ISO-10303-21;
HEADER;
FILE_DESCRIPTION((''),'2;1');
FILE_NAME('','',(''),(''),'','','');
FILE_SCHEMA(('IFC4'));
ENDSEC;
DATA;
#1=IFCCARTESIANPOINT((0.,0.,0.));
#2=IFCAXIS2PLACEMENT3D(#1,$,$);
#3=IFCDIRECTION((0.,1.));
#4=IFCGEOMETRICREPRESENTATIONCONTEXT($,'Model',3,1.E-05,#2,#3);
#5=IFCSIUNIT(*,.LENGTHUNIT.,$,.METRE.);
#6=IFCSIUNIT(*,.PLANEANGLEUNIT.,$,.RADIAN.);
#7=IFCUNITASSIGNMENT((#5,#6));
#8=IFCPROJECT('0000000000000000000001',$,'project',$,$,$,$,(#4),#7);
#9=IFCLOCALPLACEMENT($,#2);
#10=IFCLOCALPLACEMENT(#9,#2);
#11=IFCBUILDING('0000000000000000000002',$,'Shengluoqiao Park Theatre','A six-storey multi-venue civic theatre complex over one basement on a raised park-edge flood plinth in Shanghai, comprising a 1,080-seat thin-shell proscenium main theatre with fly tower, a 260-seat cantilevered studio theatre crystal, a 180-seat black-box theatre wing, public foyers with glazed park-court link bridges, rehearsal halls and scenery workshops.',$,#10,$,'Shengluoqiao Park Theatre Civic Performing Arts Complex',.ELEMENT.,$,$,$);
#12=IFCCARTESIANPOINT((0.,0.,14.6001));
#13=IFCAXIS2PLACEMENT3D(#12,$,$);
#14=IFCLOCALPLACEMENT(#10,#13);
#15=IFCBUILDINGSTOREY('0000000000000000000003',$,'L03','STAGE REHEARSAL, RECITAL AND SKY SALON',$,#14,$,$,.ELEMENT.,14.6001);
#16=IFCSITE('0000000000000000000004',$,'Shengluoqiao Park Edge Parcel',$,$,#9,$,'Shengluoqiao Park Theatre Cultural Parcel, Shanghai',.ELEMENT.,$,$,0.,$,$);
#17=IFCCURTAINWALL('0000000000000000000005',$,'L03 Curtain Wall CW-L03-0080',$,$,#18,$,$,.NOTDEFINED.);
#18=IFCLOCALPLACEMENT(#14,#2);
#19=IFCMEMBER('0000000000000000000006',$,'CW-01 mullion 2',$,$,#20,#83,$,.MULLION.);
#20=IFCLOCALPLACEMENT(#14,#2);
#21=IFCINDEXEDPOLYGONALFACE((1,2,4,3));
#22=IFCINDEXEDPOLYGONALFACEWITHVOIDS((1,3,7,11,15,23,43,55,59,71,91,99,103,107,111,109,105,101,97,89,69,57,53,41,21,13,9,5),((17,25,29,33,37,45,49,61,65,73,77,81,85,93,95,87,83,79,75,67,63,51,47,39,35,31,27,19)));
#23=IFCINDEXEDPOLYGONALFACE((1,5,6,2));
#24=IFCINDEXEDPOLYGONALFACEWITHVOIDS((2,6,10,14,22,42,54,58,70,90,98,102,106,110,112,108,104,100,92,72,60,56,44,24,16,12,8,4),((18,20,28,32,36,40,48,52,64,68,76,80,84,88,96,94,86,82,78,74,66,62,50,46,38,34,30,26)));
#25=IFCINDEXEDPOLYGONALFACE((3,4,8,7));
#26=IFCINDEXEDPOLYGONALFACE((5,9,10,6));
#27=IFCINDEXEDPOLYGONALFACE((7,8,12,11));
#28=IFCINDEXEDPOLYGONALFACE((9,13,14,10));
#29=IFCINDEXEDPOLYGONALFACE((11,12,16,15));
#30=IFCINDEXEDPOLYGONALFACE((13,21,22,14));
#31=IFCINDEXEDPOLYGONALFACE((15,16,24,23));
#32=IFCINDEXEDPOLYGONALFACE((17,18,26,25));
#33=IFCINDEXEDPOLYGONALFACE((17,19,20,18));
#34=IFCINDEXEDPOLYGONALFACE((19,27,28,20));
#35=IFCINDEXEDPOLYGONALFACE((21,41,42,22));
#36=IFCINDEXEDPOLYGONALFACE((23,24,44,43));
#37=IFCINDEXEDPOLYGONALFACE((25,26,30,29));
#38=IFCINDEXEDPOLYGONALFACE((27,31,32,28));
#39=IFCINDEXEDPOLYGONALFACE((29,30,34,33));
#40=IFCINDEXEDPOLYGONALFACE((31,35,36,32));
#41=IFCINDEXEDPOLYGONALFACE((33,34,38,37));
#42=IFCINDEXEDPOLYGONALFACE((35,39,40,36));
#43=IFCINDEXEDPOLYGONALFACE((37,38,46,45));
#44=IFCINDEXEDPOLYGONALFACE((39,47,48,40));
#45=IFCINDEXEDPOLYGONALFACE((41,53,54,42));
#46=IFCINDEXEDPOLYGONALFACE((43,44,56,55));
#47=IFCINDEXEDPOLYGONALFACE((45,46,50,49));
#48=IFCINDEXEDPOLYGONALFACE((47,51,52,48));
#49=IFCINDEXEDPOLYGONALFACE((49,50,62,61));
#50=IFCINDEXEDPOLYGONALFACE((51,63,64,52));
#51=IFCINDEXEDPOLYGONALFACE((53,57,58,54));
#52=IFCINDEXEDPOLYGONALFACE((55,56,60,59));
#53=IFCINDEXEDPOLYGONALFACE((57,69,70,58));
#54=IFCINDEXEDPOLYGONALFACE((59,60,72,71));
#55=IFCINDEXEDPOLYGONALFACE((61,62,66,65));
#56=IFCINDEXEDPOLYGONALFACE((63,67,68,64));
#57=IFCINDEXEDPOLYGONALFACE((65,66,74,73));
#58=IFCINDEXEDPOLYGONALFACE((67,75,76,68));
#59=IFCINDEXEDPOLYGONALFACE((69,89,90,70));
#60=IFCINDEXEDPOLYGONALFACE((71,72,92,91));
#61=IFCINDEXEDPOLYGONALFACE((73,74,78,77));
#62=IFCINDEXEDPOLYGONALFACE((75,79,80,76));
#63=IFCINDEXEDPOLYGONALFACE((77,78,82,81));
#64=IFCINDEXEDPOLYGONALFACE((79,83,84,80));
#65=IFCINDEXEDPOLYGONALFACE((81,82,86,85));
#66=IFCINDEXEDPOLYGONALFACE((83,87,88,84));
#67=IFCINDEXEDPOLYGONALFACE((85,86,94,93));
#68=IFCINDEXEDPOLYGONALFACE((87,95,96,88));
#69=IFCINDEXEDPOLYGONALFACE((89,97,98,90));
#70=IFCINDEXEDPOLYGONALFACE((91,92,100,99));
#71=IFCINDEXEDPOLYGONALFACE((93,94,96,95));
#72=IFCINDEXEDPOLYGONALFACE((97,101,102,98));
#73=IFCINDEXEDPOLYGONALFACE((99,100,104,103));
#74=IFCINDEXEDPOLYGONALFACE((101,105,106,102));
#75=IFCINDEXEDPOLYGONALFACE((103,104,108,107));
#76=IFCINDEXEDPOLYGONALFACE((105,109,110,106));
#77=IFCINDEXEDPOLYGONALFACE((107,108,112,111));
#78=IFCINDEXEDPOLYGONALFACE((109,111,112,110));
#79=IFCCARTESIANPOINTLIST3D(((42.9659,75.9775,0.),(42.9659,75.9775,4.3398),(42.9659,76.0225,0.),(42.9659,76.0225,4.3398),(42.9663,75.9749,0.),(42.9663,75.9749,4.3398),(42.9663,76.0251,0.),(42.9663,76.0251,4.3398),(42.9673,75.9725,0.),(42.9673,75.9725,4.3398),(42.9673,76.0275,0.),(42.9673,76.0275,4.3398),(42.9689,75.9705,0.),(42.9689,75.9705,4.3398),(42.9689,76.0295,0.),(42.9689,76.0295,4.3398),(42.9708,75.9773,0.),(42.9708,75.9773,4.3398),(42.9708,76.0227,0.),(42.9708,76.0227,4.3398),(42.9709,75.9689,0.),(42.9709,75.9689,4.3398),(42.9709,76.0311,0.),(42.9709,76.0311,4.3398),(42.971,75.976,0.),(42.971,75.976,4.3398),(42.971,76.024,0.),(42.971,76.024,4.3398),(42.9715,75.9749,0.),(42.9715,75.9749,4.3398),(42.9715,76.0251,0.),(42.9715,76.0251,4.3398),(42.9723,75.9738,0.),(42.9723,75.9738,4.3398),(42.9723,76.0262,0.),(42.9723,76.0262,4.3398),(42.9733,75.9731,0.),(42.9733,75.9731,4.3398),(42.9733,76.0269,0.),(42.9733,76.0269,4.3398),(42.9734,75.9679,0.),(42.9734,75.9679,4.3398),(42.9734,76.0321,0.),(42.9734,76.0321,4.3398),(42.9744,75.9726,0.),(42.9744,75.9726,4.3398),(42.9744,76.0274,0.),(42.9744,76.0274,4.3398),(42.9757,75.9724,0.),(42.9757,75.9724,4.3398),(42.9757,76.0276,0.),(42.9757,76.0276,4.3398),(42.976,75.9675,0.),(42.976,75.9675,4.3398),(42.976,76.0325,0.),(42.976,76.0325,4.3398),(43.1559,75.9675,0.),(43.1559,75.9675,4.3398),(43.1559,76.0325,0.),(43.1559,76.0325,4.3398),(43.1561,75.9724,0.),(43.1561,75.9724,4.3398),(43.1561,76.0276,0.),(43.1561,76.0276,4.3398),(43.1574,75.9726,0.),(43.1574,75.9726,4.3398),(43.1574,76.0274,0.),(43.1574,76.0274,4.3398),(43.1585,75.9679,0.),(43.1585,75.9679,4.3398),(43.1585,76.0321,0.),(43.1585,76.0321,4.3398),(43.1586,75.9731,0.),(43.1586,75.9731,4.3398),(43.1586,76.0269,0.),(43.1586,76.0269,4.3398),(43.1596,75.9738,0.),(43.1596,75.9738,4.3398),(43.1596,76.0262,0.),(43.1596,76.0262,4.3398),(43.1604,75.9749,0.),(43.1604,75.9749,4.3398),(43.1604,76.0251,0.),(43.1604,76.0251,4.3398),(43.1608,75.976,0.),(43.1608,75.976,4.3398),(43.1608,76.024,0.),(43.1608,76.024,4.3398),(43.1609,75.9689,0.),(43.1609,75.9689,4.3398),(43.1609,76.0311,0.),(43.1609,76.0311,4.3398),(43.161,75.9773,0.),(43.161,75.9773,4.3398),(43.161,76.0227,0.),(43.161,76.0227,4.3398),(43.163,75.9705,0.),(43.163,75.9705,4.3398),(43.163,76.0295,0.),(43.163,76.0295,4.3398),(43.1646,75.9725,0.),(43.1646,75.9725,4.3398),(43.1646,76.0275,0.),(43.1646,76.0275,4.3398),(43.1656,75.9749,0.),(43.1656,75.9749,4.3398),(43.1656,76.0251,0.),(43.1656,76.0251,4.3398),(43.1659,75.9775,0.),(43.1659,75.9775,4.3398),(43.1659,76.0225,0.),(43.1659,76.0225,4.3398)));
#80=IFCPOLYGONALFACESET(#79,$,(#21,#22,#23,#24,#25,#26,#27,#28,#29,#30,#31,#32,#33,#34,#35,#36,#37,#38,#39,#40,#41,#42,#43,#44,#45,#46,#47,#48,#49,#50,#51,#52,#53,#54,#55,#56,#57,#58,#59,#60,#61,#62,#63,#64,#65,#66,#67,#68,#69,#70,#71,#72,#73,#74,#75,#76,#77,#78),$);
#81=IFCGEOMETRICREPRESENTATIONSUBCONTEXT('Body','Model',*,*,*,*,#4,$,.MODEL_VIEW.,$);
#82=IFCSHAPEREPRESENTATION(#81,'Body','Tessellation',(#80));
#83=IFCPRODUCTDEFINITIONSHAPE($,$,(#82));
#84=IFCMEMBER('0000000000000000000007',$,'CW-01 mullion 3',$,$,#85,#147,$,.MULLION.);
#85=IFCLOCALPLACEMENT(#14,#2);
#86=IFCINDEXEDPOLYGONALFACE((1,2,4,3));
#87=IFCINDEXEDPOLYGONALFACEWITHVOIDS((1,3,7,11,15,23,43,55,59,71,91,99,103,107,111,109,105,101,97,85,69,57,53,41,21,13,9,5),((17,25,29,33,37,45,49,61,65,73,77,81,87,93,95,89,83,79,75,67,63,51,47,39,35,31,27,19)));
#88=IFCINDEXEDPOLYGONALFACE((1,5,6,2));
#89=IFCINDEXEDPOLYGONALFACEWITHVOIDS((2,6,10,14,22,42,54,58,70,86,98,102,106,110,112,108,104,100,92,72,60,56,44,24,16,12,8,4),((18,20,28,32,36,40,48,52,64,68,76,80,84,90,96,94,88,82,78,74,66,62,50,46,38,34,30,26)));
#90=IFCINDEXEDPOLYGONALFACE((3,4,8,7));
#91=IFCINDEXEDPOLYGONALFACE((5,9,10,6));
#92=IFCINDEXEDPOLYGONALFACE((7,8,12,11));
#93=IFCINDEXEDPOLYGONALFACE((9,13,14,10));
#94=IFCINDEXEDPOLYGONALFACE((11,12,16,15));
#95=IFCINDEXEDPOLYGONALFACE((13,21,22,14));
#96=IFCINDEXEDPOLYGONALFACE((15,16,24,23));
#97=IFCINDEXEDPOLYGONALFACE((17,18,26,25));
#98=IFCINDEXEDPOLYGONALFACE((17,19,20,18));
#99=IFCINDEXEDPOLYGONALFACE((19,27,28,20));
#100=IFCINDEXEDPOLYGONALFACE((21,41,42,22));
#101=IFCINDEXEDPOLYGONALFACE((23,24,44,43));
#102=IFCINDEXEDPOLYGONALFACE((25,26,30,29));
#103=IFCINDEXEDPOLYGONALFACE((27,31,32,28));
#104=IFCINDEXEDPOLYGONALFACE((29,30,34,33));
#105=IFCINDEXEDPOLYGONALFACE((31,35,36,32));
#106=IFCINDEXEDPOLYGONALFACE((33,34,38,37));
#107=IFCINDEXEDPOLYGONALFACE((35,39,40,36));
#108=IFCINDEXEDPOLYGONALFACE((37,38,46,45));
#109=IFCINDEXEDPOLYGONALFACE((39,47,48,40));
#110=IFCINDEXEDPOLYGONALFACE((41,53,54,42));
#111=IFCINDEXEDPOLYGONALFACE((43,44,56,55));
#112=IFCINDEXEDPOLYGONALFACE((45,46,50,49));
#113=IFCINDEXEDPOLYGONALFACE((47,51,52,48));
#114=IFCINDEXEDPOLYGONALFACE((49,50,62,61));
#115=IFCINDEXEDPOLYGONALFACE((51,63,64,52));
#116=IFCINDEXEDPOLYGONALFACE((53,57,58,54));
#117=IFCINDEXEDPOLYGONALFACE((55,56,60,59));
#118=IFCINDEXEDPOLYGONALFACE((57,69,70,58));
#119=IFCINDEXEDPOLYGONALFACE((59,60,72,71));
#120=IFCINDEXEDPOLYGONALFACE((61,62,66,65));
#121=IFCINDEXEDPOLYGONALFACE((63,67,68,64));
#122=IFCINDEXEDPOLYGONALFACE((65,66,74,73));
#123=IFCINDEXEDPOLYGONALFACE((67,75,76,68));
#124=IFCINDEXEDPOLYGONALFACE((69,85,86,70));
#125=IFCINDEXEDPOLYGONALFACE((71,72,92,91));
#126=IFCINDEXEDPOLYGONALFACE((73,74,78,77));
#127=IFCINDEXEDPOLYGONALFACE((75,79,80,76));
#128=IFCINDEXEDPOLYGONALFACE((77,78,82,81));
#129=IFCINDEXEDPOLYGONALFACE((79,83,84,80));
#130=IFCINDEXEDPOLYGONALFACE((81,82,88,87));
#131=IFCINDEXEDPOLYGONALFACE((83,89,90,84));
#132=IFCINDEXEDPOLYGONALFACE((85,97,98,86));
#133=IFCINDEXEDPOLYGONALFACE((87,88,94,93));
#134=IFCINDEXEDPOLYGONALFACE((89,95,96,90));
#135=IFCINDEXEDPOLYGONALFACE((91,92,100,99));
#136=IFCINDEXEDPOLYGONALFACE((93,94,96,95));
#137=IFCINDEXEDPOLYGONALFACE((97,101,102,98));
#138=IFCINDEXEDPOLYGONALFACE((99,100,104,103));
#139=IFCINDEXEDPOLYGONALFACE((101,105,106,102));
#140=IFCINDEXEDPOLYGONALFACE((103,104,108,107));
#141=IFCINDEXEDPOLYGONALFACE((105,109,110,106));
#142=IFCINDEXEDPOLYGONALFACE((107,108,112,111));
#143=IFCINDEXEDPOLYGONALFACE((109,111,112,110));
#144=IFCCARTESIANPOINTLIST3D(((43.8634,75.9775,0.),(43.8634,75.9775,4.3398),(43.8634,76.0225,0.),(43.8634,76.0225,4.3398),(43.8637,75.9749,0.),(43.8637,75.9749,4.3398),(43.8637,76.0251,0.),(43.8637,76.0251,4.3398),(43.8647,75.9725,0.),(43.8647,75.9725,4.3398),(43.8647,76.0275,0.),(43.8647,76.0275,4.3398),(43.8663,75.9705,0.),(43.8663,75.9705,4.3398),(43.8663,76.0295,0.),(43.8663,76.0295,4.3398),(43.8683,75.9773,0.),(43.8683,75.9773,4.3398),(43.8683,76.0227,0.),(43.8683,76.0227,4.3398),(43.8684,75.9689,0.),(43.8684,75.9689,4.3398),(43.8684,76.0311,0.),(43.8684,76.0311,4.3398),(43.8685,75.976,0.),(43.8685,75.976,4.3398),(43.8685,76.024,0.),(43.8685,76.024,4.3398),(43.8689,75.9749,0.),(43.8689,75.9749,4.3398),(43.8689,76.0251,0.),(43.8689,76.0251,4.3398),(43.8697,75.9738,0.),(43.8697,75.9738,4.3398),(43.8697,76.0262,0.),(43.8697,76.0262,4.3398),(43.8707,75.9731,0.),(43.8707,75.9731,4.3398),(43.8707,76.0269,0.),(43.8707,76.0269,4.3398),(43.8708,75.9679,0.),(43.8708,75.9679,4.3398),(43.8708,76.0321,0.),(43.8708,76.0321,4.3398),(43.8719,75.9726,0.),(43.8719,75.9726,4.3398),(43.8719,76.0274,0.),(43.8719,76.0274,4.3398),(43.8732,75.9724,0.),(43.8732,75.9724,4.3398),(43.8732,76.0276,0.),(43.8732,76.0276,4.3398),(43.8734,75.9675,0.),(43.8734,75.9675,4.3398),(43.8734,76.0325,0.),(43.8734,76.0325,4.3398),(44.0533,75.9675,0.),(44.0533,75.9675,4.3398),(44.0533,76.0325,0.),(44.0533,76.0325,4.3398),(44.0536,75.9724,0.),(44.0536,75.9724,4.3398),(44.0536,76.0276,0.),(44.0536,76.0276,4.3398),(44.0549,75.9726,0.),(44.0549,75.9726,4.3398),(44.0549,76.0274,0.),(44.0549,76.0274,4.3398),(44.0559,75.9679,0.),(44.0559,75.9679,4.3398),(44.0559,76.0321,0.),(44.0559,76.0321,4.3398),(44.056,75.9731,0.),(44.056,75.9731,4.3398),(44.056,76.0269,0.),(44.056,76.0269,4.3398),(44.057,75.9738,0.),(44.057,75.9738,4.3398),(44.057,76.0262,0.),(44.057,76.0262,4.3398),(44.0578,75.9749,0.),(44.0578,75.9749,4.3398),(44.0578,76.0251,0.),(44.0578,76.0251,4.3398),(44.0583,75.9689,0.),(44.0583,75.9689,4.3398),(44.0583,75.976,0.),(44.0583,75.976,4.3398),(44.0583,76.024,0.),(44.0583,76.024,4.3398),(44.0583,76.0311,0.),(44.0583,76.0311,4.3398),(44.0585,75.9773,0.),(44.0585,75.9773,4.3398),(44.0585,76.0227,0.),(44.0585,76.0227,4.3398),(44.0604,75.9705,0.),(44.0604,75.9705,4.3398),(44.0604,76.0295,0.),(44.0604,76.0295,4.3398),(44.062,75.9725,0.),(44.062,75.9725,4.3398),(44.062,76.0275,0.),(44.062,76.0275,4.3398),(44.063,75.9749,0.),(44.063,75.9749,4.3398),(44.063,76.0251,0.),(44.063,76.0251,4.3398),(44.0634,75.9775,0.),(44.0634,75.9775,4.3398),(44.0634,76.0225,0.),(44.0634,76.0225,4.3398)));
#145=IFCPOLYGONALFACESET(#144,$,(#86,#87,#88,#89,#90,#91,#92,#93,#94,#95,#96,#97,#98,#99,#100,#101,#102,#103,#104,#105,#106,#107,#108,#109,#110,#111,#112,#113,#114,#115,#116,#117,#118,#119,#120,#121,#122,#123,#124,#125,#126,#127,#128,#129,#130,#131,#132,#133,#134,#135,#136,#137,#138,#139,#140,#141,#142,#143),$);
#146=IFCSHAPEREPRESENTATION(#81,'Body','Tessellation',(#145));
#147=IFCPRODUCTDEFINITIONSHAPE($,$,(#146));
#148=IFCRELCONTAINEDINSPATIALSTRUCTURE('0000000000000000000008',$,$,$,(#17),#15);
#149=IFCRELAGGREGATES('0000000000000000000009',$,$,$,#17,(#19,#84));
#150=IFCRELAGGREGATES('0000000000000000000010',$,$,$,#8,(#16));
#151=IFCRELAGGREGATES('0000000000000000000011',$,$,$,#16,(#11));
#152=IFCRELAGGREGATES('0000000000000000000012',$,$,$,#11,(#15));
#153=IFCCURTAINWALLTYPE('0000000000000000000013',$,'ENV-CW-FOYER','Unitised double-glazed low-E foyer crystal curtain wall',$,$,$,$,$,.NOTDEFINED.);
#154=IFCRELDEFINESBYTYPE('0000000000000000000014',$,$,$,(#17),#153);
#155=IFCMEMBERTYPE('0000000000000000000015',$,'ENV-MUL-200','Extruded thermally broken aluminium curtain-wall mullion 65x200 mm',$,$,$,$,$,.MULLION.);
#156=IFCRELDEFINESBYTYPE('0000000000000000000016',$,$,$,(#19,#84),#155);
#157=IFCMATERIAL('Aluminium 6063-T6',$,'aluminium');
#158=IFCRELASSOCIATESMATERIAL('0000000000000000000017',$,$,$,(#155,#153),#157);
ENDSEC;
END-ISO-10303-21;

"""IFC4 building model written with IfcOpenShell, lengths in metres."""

from ifc_helpers import new_model, si_unit, direction, frame, origin, origin_2d, place, context, subcontext, project, spatial, hollow_rectangle, extrude, material, material_profile, profile_set, type_object, element, aggregate, save


model = new_model("IFC4")

# Units and contexts
model_context = context("Model", 3, precision=1e-05, world=origin(), true_north=direction((0.0, 1.0)))
body_context = subcontext(model_context, "Body", "Model", "MODEL_VIEW")
ifc_project = project(units=[si_unit("LENGTHUNIT", "METRE"), si_unit("PLANEANGLEUNIT", "RADIAN")], contexts=[model_context])

# Site, building, storey
site_placement = place(None, origin())
site = spatial("IfcSite", under=ifc_project, at=site_placement, Name="Shengluoqiao Park Edge Parcel", LongName="Shengluoqiao Park Theatre Cultural Parcel, Shanghai", CompositionType="ELEMENT", RefElevation=0.0)
building_placement = place(site_placement, origin())
building = spatial("IfcBuilding", under=site, at=building_placement, Name="Shengluoqiao Park Theatre", Description="A six-storey multi-venue civic theatre complex over one basement on a raised park-edge flood plinth in Shanghai, comprising a 1,080-seat thin-shell proscenium main theatre with fly tower, a 260-seat cantilevered studio theatre crystal, a 180-seat black-box theatre wing, public foyers with glazed park-court link bridges, rehearsal halls and scenery workshops.", LongName="Shengluoqiao Park Theatre Civic Performing Arts Complex", CompositionType="ELEMENT")
storey_placement = place(building_placement, frame((0.0, 0.0, 14.6001)))
storey = spatial("IfcBuildingStorey", under=building, at=storey_placement, Name="L03", Description="STAGE REHEARSAL, RECITAL AND SKY SALON", CompositionType="ELEMENT", Elevation=14.6001)

# Curtain wall, members
ifc_material_1 = material(Name="Aluminium 6063-T6", Category="aluminium")
ifc_material_profile_1 = material_profile(ifc_material_1, hollow_rectangle(XDim=0.0649, YDim=0.2, WallThickness=0.0049, InnerFilletRadius=0.0049, OuterFilletRadius=0.01, at=origin_2d()), Name="ALU MULLION 200x65x5")
ifc_profile_set_1 = profile_set([ifc_material_profile_1], Name="Aluminium 6063-T6")
member_type_1 = type_object("IfcMemberType", Name="ENV-MUL-200", Description="Extruded thermally broken aluminium curtain-wall mullion 65x200 mm", PredefinedType="MULLION", material=ifc_profile_set_1)
curtain_wall_type_1 = type_object("IfcCurtainWallType", Name="ENV-CW-FOYER", Description="Unitised double-glazed low-E foyer crystal curtain wall", PredefinedType="NOTDEFINED", material=ifc_material_1)
curtain_wall_1_placement = place(storey_placement, origin())
curtain_wall_1 = element("IfcCurtainWall", 1, at=curtain_wall_1_placement, inside=storey, type_object=curtain_wall_type_1, Name="L03 Curtain Wall CW-L03-0080", PredefinedType="NOTDEFINED")
member_1_placement = place(storey_placement, frame((43.0659, 76.0, 0.0), z_axis=(0.0, 0.0, 1.0), x_axis=(0.0, 1.0, 0.0)))
member_1 = element("IfcMember", 2, at=member_1_placement, type_object=member_type_1, Name="CW-01 mullion 2", PredefinedType="MULLION", context=body_context, shape_type="SweptSolid", body=[
    extrude(hollow_rectangle(XDim=0.0649, YDim=0.2, WallThickness=0.0049, InnerFilletRadius=0.0049, OuterFilletRadius=0.01, at=origin_2d()), origin(), (0.0, 0.0, 1.0), 4.3398),
])
member_2_placement = place(storey_placement, frame((43.9634, 76.0, 0.0), z_axis=(0.0, 0.0, 1.0), x_axis=(0.0, 1.0, 0.0)))
member_2 = element("IfcMember", 3, at=member_2_placement, type_object=member_type_1, Name="CW-01 mullion 3", PredefinedType="MULLION", context=body_context, shape_type="SweptSolid", body=[
    extrude(hollow_rectangle(XDim=0.0649, YDim=0.2, WallThickness=0.0049, InnerFilletRadius=0.0049, OuterFilletRadius=0.01, at=origin_2d()), origin(), (0.0, 0.0, 1.0), 4.3398),
])

aggregate(curtain_wall_1, [member_1, member_2])

save(model, "model.ifc")
